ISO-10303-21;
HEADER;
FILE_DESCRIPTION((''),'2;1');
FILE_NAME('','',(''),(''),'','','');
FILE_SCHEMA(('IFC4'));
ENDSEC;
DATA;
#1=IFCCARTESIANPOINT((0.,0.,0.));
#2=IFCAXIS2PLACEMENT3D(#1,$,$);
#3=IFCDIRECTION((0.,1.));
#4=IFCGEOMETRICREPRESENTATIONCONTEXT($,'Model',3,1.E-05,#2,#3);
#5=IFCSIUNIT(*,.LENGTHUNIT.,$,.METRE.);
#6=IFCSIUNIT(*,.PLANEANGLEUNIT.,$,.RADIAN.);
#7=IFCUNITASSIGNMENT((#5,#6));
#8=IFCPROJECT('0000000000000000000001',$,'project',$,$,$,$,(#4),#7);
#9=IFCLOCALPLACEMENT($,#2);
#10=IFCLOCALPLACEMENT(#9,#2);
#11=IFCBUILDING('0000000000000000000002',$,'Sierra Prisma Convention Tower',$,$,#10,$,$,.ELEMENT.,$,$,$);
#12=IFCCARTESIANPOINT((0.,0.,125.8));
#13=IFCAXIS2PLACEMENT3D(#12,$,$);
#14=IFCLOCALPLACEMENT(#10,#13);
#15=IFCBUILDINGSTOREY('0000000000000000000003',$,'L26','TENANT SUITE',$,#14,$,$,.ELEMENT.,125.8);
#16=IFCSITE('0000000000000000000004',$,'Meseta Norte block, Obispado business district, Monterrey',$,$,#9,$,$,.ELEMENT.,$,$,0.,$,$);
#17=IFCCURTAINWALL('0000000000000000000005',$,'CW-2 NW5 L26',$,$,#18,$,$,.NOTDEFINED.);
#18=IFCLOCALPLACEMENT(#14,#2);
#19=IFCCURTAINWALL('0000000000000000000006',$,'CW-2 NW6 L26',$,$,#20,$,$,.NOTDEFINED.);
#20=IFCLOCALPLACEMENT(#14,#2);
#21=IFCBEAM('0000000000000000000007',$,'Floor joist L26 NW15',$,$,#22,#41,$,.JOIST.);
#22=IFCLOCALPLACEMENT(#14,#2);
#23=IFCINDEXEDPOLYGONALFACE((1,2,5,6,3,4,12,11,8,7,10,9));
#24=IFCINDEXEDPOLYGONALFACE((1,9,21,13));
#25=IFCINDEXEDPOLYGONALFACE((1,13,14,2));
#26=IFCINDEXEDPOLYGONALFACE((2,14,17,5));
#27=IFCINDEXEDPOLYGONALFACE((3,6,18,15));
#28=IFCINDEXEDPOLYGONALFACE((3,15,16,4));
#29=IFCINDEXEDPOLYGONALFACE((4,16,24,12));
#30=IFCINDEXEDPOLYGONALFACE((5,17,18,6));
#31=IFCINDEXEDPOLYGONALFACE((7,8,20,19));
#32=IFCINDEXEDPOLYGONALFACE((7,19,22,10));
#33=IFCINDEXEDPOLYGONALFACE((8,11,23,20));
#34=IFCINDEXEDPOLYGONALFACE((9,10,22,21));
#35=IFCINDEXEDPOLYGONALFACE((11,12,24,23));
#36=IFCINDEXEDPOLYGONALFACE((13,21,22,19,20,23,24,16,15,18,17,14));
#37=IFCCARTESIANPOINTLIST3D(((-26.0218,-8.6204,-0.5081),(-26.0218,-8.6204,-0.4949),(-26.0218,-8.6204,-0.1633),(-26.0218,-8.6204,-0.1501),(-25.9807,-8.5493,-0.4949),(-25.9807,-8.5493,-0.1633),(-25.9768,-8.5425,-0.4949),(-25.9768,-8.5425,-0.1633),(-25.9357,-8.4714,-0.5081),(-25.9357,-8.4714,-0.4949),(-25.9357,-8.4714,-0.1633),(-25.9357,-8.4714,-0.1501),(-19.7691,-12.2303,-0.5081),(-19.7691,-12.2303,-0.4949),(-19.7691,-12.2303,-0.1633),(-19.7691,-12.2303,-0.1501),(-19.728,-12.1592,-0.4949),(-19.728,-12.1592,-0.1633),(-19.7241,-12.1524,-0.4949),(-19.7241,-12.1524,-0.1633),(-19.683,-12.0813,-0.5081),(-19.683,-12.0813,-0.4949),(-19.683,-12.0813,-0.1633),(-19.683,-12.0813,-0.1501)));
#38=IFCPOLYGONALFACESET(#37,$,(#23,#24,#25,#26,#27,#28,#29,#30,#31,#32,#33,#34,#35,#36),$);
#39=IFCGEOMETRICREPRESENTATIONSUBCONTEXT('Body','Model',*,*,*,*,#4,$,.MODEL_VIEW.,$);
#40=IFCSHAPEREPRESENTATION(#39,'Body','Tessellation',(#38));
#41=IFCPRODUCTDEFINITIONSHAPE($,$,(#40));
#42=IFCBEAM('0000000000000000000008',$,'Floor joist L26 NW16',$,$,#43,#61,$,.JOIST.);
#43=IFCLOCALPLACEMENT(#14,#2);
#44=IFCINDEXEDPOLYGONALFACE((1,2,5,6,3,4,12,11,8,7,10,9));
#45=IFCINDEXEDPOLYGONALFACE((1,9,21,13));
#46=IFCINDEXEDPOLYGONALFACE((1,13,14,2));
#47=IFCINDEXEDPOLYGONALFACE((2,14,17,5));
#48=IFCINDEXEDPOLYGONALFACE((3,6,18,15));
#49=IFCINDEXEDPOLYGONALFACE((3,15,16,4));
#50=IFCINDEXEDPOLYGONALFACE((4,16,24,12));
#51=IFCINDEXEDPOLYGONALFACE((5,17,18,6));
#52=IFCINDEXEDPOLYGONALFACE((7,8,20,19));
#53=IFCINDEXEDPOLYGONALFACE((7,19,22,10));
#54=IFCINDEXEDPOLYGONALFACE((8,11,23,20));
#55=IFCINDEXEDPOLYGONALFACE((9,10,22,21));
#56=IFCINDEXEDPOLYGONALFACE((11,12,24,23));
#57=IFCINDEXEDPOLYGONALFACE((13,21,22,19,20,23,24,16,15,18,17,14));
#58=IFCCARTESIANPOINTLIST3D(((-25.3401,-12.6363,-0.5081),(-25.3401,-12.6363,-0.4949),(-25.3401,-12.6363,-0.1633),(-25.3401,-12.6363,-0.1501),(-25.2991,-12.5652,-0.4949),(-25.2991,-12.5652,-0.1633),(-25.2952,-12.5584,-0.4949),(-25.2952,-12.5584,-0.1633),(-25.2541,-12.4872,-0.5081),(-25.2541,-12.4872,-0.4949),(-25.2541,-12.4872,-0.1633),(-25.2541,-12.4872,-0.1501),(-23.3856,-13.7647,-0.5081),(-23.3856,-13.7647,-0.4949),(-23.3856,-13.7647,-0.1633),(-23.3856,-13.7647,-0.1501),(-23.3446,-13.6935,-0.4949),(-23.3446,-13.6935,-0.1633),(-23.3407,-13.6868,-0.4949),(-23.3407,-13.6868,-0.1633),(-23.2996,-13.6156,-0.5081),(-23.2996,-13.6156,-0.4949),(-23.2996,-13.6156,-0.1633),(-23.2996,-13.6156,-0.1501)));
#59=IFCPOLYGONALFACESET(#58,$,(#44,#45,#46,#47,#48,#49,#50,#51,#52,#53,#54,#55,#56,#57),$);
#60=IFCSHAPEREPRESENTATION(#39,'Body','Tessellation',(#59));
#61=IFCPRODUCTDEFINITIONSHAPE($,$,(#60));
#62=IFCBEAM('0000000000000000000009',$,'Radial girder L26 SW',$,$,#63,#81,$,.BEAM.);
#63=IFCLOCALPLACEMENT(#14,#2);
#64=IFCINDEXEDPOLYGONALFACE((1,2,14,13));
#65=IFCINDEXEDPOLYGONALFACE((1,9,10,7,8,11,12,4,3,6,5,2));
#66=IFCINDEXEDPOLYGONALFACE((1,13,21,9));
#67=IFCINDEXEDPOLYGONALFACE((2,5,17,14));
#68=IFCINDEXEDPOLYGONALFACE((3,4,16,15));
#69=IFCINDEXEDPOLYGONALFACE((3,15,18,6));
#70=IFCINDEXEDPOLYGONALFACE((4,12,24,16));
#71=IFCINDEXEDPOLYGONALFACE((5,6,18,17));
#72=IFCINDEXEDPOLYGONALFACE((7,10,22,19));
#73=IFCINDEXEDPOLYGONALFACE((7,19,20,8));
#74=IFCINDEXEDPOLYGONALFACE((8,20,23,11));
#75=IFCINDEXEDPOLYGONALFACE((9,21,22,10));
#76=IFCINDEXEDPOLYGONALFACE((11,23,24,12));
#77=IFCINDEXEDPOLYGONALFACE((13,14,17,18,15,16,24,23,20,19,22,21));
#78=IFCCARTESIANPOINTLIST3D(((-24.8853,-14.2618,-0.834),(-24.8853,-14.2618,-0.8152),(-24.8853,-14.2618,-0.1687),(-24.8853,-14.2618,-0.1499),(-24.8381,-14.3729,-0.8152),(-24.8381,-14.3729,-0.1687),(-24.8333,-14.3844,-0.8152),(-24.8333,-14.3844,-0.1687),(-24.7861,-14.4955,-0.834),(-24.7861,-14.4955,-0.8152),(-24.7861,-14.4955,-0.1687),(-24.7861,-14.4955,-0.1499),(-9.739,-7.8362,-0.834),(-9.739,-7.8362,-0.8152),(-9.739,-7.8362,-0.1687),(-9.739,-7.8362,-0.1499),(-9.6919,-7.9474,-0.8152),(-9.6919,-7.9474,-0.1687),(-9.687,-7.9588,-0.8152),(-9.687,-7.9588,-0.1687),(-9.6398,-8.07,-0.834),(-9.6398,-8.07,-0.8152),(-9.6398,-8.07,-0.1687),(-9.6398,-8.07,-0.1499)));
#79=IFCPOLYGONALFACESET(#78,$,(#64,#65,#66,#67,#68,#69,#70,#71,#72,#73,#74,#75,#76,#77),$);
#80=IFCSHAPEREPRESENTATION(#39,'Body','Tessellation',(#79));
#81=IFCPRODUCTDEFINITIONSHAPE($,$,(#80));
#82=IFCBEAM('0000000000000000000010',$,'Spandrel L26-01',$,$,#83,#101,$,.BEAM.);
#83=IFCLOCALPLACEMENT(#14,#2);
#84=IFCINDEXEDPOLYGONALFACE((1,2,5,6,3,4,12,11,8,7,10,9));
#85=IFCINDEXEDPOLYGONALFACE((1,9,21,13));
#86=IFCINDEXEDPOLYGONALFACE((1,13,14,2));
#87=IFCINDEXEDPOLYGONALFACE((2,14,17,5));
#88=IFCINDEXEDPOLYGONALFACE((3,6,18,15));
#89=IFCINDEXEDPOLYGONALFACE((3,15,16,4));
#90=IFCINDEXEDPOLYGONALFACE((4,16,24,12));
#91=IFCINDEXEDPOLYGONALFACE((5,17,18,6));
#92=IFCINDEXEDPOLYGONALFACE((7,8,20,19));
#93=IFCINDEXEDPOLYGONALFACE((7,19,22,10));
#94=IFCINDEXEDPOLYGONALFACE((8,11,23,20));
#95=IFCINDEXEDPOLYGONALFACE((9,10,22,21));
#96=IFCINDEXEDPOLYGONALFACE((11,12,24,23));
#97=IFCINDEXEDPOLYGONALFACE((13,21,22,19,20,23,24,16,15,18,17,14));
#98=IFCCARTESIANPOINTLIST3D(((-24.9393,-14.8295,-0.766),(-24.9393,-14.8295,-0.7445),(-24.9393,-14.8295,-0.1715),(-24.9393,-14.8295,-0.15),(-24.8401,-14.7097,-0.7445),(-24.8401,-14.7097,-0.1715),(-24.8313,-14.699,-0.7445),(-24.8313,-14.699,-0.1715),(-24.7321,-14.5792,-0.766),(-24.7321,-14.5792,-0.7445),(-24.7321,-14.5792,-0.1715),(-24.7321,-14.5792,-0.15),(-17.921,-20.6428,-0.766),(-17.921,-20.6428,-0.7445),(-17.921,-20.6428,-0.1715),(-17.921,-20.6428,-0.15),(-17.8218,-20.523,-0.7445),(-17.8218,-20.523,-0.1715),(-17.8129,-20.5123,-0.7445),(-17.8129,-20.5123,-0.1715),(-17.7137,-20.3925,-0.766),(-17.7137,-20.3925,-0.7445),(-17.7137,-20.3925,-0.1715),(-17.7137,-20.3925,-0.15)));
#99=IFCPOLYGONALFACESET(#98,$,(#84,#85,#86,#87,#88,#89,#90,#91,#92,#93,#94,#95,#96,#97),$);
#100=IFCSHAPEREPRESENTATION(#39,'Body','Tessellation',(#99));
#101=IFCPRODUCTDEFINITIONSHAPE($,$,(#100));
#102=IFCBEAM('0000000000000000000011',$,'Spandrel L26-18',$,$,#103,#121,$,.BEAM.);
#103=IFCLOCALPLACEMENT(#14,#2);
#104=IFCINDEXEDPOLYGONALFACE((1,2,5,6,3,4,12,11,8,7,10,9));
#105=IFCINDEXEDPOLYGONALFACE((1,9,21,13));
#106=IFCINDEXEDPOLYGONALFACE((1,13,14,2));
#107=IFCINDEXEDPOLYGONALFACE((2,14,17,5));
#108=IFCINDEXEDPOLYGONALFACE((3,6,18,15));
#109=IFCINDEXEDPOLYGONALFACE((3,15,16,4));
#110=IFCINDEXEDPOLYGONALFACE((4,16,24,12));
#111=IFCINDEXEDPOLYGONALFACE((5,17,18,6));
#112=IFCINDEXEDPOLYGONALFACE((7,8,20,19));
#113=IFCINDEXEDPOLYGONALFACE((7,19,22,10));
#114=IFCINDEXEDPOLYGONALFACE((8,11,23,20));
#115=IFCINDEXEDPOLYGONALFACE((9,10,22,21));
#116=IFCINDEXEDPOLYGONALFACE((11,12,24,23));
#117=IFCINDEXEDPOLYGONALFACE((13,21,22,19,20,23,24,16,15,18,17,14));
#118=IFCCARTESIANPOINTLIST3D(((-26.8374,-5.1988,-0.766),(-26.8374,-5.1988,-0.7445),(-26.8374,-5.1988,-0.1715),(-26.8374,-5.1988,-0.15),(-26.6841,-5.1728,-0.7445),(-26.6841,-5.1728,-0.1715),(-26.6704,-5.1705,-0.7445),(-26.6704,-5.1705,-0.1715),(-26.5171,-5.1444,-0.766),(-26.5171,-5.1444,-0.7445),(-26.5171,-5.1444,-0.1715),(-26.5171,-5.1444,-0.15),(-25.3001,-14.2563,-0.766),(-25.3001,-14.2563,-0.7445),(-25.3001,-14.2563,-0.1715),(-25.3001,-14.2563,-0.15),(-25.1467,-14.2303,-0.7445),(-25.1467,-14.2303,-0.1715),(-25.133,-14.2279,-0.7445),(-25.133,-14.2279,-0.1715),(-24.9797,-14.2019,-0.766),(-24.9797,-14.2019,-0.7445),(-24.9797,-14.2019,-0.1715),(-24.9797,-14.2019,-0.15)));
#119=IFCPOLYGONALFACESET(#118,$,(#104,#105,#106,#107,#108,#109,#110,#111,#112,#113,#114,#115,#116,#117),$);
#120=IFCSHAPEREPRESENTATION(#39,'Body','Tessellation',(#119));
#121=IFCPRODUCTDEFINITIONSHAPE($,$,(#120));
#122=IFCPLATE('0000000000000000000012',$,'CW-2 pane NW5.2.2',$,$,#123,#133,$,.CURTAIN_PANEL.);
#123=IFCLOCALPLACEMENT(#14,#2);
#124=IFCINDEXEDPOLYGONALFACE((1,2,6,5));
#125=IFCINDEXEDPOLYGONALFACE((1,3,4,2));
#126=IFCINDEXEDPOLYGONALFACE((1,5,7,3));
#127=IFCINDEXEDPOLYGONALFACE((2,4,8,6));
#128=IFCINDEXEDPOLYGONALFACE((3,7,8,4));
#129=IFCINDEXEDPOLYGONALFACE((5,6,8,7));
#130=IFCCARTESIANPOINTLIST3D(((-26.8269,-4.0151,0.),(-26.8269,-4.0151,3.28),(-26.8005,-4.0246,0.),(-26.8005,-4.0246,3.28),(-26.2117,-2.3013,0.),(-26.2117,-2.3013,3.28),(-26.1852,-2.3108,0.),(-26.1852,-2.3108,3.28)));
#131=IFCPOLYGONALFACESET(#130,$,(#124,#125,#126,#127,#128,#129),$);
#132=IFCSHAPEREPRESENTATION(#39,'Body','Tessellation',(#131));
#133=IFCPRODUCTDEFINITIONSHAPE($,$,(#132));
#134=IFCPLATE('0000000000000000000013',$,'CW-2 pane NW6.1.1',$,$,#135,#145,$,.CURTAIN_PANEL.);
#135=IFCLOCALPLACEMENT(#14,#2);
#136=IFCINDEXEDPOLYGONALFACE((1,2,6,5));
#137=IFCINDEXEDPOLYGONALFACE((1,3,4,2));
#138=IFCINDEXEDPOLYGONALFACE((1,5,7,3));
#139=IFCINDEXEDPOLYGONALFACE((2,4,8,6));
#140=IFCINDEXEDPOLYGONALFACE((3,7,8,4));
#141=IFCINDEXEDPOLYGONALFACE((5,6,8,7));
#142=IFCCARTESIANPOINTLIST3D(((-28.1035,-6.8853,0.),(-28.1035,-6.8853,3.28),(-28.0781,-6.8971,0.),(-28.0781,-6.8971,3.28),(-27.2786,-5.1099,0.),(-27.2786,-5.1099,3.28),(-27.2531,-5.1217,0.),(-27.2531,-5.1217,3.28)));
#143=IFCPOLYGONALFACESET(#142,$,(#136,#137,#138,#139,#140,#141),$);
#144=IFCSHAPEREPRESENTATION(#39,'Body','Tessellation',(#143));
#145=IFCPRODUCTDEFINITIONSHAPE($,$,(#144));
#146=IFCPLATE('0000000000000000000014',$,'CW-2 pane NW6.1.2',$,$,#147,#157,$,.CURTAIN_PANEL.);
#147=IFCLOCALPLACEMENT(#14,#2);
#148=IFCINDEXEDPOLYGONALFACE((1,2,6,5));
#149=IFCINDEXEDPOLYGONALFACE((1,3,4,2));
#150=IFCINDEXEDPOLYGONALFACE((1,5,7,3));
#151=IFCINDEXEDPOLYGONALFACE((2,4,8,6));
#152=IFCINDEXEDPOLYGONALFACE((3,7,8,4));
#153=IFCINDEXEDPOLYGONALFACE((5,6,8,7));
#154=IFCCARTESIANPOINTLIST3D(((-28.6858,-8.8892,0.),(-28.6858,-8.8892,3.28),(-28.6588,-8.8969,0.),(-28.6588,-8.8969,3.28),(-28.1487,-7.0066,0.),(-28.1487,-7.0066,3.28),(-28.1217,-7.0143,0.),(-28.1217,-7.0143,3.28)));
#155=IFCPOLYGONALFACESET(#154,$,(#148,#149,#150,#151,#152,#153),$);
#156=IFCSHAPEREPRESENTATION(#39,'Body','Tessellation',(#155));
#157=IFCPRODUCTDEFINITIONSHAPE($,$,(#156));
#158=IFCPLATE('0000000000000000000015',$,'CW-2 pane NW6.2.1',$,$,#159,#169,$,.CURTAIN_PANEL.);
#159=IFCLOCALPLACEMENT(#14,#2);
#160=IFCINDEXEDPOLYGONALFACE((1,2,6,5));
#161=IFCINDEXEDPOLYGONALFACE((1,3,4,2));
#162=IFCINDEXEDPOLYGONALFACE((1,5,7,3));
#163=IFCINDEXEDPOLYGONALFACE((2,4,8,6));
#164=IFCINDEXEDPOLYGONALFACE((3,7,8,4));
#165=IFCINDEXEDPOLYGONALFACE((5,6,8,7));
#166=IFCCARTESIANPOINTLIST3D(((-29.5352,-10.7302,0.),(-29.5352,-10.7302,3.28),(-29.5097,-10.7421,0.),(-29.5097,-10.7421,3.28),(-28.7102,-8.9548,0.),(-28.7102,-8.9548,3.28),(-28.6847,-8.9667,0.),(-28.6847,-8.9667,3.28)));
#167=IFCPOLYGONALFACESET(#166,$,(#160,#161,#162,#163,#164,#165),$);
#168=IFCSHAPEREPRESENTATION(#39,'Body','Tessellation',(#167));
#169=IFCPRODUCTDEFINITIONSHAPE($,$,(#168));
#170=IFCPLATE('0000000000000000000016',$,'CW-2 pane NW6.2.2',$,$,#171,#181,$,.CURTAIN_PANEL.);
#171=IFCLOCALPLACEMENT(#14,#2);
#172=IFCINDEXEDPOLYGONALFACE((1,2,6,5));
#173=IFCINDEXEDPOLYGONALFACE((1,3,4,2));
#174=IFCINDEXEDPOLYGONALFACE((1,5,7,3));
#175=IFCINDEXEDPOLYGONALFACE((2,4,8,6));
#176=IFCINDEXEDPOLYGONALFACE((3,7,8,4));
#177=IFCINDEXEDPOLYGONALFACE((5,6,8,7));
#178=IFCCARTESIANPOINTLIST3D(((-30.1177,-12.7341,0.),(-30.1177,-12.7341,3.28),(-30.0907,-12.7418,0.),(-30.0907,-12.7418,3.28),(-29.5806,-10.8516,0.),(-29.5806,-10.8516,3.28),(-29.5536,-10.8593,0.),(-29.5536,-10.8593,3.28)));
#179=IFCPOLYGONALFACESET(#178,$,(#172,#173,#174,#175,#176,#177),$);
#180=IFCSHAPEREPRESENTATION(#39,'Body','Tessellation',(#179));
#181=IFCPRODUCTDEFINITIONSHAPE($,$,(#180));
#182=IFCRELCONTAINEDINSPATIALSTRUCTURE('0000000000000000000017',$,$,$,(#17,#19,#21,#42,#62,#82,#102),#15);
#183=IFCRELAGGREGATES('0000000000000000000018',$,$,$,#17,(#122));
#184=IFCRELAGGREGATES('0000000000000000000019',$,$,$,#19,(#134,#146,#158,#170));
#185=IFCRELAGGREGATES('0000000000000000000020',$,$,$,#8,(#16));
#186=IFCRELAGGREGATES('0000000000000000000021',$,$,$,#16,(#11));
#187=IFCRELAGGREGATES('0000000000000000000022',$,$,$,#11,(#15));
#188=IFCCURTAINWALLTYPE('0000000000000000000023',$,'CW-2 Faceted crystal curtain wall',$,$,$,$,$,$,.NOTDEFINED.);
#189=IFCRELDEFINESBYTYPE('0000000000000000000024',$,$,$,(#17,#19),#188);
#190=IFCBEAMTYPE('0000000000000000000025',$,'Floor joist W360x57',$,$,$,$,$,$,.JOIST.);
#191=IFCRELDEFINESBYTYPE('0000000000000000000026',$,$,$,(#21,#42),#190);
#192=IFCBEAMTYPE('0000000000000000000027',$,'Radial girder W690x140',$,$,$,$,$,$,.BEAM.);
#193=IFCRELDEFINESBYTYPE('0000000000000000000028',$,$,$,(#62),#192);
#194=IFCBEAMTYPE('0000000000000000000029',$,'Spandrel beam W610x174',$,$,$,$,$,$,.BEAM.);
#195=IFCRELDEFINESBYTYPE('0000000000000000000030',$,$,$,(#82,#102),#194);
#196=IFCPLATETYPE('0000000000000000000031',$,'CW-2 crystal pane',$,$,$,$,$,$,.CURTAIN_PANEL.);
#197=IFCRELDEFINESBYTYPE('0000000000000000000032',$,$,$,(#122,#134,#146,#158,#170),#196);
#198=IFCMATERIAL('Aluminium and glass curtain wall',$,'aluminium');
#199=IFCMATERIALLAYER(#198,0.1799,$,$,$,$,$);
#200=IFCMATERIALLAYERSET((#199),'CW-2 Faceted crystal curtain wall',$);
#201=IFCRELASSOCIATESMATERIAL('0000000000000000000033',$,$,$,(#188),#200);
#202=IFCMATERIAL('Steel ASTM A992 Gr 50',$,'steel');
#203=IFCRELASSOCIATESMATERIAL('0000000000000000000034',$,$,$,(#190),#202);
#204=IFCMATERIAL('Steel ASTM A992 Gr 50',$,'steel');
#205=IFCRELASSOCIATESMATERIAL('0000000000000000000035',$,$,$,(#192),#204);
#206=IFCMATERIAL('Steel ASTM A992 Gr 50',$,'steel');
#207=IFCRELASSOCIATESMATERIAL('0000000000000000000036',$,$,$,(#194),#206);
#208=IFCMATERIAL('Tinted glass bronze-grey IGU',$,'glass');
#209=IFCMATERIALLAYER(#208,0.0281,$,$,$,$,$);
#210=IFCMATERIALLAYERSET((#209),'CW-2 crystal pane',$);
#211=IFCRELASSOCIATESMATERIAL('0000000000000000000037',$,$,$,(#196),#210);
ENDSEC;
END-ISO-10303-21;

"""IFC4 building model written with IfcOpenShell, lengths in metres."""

from ifc_helpers import new_model, si_unit, direction, frame, origin, origin_2d, place, context, subcontext, project, spatial, polyline, i_section, outline, extrude, material, layer, layer_set, material_profile, profile_set, type_object, element, aggregate, save


model = new_model("IFC4")

# Units and contexts
model_context = context("Model", 3, precision=1e-05, world=origin(), true_north=direction((0.0, 1.0)))
body_context = subcontext(model_context, "Body", "Model", "MODEL_VIEW")
ifc_project = project(units=[si_unit("LENGTHUNIT", "METRE"), si_unit("PLANEANGLEUNIT", "RADIAN")], contexts=[model_context])

# Site, building, storey
site_placement = place(None, origin())
site = spatial("IfcSite", under=ifc_project, at=site_placement, Name="Meseta Norte block, Obispado business district, Monterrey", CompositionType="ELEMENT", RefElevation=0.0)
building_placement = place(site_placement, origin())
building = spatial("IfcBuilding", under=site, at=building_placement, Name="Sierra Prisma Convention Tower", CompositionType="ELEMENT")
storey_placement = place(building_placement, frame((0.0, 0.0, 125.8)))
storey = spatial("IfcBuildingStorey", under=building, at=storey_placement, Name="L26", Description="TENANT SUITE", CompositionType="ELEMENT", Elevation=125.8)

# Curtain wall
ifc_material_1 = material(Name="Aluminium and glass curtain wall", Category="aluminium")
ifc_layer_1 = layer(ifc_material_1, 0.1799)
ifc_layer_set_1 = layer_set([ifc_layer_1], Name="CW-2 Faceted crystal curtain wall")
curtain_wall_type = type_object("IfcCurtainWallType", Name="CW-2 Faceted crystal curtain wall", PredefinedType="NOTDEFINED", material=ifc_layer_set_1)
curtain_wall_1_placement = place(storey_placement, origin())
curtain_wall_1 = element("IfcCurtainWall", 1, at=curtain_wall_1_placement, inside=storey, type_object=curtain_wall_type, Name="CW-2 NW5 L26", PredefinedType="NOTDEFINED")

# Curtain wall
curtain_wall_2_placement = place(storey_placement, origin())
curtain_wall_2 = element("IfcCurtainWall", 2, at=curtain_wall_2_placement, inside=storey, type_object=curtain_wall_type, Name="CW-2 NW6 L26", PredefinedType="NOTDEFINED")

# Beams
ifc_material_2 = material(Name="Steel ASTM A992 Gr 50", Category="steel")
ifc_material_profile_1 = material_profile(ifc_material_2, i_section(OverallWidth=0.1721, OverallDepth=0.3579, WebThickness=0.0078, FlangeThickness=0.0132, at=origin_2d()), Name="W360x57")
ifc_profile_set_1 = profile_set([ifc_material_profile_1], Name="Steel ASTM A992 Gr 50")
beam_type_1 = type_object("IfcBeamType", Name="Floor joist W360x57", PredefinedType="JOIST", material=ifc_profile_set_1)
beam_1_placement = place(storey_placement, frame((-25.9788, -8.5459, -0.3291), z_axis=(0.866033, -0.499987, 0.0), x_axis=(0.499987, 0.866033, 0.0)))
element("IfcBeam", 3, at=beam_1_placement, inside=storey, type_object=beam_type_1, Name="Floor joist L26 NW15", PredefinedType="JOIST", context=body_context, shape_type="SweptSolid", body=[
    extrude(i_section(OverallWidth=0.1721, OverallDepth=0.3579, WebThickness=0.0078, FlangeThickness=0.0132, at=origin_2d()), origin(), (0.0, 0.0, 1.0), 7.22),
])
beam_2_placement = place(storey_placement, frame((-25.2971, -12.5618, -0.3291), z_axis=(0.866038, -0.499978, 0.0), x_axis=(0.499978, 0.866038, 0.0)))
element("IfcBeam", 4, at=beam_2_placement, inside=storey, type_object=beam_type_1, Name="Floor joist L26 NW16", PredefinedType="JOIST", context=body_context, shape_type="SweptSolid", body=[
    extrude(i_section(OverallWidth=0.1721, OverallDepth=0.3579, WebThickness=0.0078, FlangeThickness=0.0132, at=origin_2d()), origin(), (0.0, 0.0, 1.0), 2.2568),
])
ifc_material_3 = material(Name="Steel ASTM A992 Gr 50", Category="steel")
ifc_material_profile_2 = material_profile(ifc_material_3, i_section(OverallWidth=0.2539, OverallDepth=0.6841, WebThickness=0.0125, FlangeThickness=0.0188, at=origin_2d()), Name="W690x140")
ifc_profile_set_2 = profile_set([ifc_material_profile_2], Name="Steel ASTM A992 Gr 50")
beam_type_2 = type_object("IfcBeamType", Name="Radial girder W690x140", PredefinedType="BEAM", material=ifc_profile_set_2)
beam_3_placement = place(storey_placement, frame((-24.8357, -14.3787, -0.4919), z_axis=(0.920585, 0.390543, 0.0), x_axis=(-0.390543, 0.920585, 0.0)))
element("IfcBeam", 5, at=beam_3_placement, inside=storey, type_object=beam_type_2, Name="Radial girder L26 SW", PredefinedType="BEAM", context=body_context, shape_type="SweptSolid", body=[
    extrude(i_section(OverallWidth=0.2539, OverallDepth=0.6841, WebThickness=0.0125, FlangeThickness=0.0188, at=origin_2d()), origin(), (0.0, 0.0, 1.0), 16.4529),
])
ifc_material_4 = material(Name="Steel ASTM A992 Gr 50", Category="steel")
ifc_material_profile_3 = material_profile(ifc_material_4, i_section(OverallWidth=0.325, OverallDepth=0.616, WebThickness=0.0139, FlangeThickness=0.0215, at=origin_2d()), Name="W610x174")
ifc_profile_set_3 = profile_set([ifc_material_profile_3], Name="Steel ASTM A992 Gr 50")
beam_type_3 = type_object("IfcBeamType", Name="Spandrel beam W610x174", PredefinedType="BEAM", material=ifc_profile_set_3)
beam_4_placement = place(storey_placement, frame((-24.8357, -14.7043, -0.458), z_axis=(0.770126, -0.637892, 0.0), x_axis=(0.637892, 0.770126, 0.0)))
element("IfcBeam", 6, at=beam_4_placement, inside=storey, type_object=beam_type_3, Name="Spandrel L26-01", PredefinedType="BEAM", context=body_context, shape_type="SweptSolid", body=[
    extrude(i_section(OverallWidth=0.325, OverallDepth=0.616, WebThickness=0.0139, FlangeThickness=0.0215, at=origin_2d()), origin(), (0.0, 0.0, 1.0), 9.1133),
])
beam_5_placement = place(storey_placement, frame((-26.6772, -5.1716, -0.458), z_axis=(0.167342, -0.985899, 0.0), x_axis=(0.985899, 0.167342, 0.0)))
element("IfcBeam", 7, at=beam_5_placement, inside=storey, type_object=beam_type_3, Name="Spandrel L26-18", PredefinedType="BEAM", context=body_context, shape_type="SweptSolid", body=[
    extrude(i_section(OverallWidth=0.325, OverallDepth=0.616, WebThickness=0.0139, FlangeThickness=0.0215, at=origin_2d()), origin(), (0.0, 0.0, 1.0), 9.187),
])

# Plates
ifc_material_5 = material(Name="Tinted glass bronze-grey IGU", Category="glass")
ifc_layer_2 = layer(ifc_material_5, 0.0281)
ifc_layer_set_2 = layer_set([ifc_layer_2], Name="CW-2 crystal pane")
plate_type = type_object("IfcPlateType", Name="CW-2 crystal pane", PredefinedType="CURTAIN_PANEL", material=ifc_layer_set_2)
plate_1_placement = place(storey_placement, frame((-26.8269, -4.0151, 0.0), z_axis=(-0.941195, 0.337865, 0.0), x_axis=(0.337865, 0.941195, 0.0)))
plate_1 = element("IfcPlate", 8, at=plate_1_placement, type_object=plate_type, Name="CW-2 pane NW5.2.2", PredefinedType="CURTAIN_PANEL", context=body_context, shape_type="SweptSolid", body=[
    extrude(outline(polyline([(0.0, 0.0), (1.8209, 0.0), (1.8209, -3.28), (0.0, -3.28), (0.0, 0.0)])), origin(), (0.0, 0.0, -1.0), 0.0281),
])
aggregate(curtain_wall_1, [plate_1])
plate_2_placement = place(storey_placement, frame((-27.2786, -5.1099, 0.0), z_axis=(-0.90688, 0.42139, 0.0), x_axis=(-0.42139, -0.90688, 0.0)))
plate_2 = element("IfcPlate", 9, at=plate_2_placement, type_object=plate_type, Name="CW-2 pane NW6.1.1", PredefinedType="CURTAIN_PANEL", context=body_context, shape_type="SweptSolid", body=[
    extrude(outline(polyline([(0.0, 0.0), (1.9577, 0.0), (1.9577, 3.28), (0.0, 3.28), (0.0, 0.0)])), origin(), (0.0, 0.0, -1.0), 0.0281),
])
plate_3_placement = place(storey_placement, frame((-28.6858, -8.8892, 0.0), z_axis=(-0.961627, 0.274359, 0.0), x_axis=(0.274359, 0.961627, 0.0)))
plate_3 = element("IfcPlate", 10, at=plate_3_placement, type_object=plate_type, Name="CW-2 pane NW6.1.2", PredefinedType="CURTAIN_PANEL", context=body_context, shape_type="SweptSolid", body=[
    extrude(outline(polyline([(0.0, 0.0), (1.9577, 0.0), (1.9577, -3.28), (0.0, -3.28), (0.0, 0.0)])), origin(), (0.0, 0.0, -1.0), 0.0281),
])
plate_4_placement = place(storey_placement, frame((-28.7102, -8.9548, 0.0), z_axis=(-0.90688, 0.42139, 0.0), x_axis=(-0.42139, -0.90688, 0.0)))
plate_4 = element("IfcPlate", 11, at=plate_4_placement, type_object=plate_type, Name="CW-2 pane NW6.2.1", PredefinedType="CURTAIN_PANEL", context=body_context, shape_type="SweptSolid", body=[
    extrude(outline(polyline([(0.0, 0.0), (1.9577, 0.0), (1.9577, 3.28), (0.0, 3.28), (0.0, 0.0)])), origin(), (0.0, 0.0, -1.0), 0.0281),
])
plate_5_placement = place(storey_placement, frame((-30.1177, -12.7341, 0.0), z_axis=(-0.961627, 0.274359, 0.0), x_axis=(0.274359, 0.961627, 0.0)))
plate_5 = element("IfcPlate", 12, at=plate_5_placement, type_object=plate_type, Name="CW-2 pane NW6.2.2", PredefinedType="CURTAIN_PANEL", context=body_context, shape_type="SweptSolid", body=[
    extrude(outline(polyline([(0.0, 0.0), (1.9577, 0.0), (1.9577, -3.28), (0.0, -3.28), (0.0, 0.0)])), origin(), (0.0, 0.0, -1.0), 0.0281),
])
aggregate(curtain_wall_2, [plate_2, plate_3, plate_4, plate_5])

save(model, "model.ifc")
